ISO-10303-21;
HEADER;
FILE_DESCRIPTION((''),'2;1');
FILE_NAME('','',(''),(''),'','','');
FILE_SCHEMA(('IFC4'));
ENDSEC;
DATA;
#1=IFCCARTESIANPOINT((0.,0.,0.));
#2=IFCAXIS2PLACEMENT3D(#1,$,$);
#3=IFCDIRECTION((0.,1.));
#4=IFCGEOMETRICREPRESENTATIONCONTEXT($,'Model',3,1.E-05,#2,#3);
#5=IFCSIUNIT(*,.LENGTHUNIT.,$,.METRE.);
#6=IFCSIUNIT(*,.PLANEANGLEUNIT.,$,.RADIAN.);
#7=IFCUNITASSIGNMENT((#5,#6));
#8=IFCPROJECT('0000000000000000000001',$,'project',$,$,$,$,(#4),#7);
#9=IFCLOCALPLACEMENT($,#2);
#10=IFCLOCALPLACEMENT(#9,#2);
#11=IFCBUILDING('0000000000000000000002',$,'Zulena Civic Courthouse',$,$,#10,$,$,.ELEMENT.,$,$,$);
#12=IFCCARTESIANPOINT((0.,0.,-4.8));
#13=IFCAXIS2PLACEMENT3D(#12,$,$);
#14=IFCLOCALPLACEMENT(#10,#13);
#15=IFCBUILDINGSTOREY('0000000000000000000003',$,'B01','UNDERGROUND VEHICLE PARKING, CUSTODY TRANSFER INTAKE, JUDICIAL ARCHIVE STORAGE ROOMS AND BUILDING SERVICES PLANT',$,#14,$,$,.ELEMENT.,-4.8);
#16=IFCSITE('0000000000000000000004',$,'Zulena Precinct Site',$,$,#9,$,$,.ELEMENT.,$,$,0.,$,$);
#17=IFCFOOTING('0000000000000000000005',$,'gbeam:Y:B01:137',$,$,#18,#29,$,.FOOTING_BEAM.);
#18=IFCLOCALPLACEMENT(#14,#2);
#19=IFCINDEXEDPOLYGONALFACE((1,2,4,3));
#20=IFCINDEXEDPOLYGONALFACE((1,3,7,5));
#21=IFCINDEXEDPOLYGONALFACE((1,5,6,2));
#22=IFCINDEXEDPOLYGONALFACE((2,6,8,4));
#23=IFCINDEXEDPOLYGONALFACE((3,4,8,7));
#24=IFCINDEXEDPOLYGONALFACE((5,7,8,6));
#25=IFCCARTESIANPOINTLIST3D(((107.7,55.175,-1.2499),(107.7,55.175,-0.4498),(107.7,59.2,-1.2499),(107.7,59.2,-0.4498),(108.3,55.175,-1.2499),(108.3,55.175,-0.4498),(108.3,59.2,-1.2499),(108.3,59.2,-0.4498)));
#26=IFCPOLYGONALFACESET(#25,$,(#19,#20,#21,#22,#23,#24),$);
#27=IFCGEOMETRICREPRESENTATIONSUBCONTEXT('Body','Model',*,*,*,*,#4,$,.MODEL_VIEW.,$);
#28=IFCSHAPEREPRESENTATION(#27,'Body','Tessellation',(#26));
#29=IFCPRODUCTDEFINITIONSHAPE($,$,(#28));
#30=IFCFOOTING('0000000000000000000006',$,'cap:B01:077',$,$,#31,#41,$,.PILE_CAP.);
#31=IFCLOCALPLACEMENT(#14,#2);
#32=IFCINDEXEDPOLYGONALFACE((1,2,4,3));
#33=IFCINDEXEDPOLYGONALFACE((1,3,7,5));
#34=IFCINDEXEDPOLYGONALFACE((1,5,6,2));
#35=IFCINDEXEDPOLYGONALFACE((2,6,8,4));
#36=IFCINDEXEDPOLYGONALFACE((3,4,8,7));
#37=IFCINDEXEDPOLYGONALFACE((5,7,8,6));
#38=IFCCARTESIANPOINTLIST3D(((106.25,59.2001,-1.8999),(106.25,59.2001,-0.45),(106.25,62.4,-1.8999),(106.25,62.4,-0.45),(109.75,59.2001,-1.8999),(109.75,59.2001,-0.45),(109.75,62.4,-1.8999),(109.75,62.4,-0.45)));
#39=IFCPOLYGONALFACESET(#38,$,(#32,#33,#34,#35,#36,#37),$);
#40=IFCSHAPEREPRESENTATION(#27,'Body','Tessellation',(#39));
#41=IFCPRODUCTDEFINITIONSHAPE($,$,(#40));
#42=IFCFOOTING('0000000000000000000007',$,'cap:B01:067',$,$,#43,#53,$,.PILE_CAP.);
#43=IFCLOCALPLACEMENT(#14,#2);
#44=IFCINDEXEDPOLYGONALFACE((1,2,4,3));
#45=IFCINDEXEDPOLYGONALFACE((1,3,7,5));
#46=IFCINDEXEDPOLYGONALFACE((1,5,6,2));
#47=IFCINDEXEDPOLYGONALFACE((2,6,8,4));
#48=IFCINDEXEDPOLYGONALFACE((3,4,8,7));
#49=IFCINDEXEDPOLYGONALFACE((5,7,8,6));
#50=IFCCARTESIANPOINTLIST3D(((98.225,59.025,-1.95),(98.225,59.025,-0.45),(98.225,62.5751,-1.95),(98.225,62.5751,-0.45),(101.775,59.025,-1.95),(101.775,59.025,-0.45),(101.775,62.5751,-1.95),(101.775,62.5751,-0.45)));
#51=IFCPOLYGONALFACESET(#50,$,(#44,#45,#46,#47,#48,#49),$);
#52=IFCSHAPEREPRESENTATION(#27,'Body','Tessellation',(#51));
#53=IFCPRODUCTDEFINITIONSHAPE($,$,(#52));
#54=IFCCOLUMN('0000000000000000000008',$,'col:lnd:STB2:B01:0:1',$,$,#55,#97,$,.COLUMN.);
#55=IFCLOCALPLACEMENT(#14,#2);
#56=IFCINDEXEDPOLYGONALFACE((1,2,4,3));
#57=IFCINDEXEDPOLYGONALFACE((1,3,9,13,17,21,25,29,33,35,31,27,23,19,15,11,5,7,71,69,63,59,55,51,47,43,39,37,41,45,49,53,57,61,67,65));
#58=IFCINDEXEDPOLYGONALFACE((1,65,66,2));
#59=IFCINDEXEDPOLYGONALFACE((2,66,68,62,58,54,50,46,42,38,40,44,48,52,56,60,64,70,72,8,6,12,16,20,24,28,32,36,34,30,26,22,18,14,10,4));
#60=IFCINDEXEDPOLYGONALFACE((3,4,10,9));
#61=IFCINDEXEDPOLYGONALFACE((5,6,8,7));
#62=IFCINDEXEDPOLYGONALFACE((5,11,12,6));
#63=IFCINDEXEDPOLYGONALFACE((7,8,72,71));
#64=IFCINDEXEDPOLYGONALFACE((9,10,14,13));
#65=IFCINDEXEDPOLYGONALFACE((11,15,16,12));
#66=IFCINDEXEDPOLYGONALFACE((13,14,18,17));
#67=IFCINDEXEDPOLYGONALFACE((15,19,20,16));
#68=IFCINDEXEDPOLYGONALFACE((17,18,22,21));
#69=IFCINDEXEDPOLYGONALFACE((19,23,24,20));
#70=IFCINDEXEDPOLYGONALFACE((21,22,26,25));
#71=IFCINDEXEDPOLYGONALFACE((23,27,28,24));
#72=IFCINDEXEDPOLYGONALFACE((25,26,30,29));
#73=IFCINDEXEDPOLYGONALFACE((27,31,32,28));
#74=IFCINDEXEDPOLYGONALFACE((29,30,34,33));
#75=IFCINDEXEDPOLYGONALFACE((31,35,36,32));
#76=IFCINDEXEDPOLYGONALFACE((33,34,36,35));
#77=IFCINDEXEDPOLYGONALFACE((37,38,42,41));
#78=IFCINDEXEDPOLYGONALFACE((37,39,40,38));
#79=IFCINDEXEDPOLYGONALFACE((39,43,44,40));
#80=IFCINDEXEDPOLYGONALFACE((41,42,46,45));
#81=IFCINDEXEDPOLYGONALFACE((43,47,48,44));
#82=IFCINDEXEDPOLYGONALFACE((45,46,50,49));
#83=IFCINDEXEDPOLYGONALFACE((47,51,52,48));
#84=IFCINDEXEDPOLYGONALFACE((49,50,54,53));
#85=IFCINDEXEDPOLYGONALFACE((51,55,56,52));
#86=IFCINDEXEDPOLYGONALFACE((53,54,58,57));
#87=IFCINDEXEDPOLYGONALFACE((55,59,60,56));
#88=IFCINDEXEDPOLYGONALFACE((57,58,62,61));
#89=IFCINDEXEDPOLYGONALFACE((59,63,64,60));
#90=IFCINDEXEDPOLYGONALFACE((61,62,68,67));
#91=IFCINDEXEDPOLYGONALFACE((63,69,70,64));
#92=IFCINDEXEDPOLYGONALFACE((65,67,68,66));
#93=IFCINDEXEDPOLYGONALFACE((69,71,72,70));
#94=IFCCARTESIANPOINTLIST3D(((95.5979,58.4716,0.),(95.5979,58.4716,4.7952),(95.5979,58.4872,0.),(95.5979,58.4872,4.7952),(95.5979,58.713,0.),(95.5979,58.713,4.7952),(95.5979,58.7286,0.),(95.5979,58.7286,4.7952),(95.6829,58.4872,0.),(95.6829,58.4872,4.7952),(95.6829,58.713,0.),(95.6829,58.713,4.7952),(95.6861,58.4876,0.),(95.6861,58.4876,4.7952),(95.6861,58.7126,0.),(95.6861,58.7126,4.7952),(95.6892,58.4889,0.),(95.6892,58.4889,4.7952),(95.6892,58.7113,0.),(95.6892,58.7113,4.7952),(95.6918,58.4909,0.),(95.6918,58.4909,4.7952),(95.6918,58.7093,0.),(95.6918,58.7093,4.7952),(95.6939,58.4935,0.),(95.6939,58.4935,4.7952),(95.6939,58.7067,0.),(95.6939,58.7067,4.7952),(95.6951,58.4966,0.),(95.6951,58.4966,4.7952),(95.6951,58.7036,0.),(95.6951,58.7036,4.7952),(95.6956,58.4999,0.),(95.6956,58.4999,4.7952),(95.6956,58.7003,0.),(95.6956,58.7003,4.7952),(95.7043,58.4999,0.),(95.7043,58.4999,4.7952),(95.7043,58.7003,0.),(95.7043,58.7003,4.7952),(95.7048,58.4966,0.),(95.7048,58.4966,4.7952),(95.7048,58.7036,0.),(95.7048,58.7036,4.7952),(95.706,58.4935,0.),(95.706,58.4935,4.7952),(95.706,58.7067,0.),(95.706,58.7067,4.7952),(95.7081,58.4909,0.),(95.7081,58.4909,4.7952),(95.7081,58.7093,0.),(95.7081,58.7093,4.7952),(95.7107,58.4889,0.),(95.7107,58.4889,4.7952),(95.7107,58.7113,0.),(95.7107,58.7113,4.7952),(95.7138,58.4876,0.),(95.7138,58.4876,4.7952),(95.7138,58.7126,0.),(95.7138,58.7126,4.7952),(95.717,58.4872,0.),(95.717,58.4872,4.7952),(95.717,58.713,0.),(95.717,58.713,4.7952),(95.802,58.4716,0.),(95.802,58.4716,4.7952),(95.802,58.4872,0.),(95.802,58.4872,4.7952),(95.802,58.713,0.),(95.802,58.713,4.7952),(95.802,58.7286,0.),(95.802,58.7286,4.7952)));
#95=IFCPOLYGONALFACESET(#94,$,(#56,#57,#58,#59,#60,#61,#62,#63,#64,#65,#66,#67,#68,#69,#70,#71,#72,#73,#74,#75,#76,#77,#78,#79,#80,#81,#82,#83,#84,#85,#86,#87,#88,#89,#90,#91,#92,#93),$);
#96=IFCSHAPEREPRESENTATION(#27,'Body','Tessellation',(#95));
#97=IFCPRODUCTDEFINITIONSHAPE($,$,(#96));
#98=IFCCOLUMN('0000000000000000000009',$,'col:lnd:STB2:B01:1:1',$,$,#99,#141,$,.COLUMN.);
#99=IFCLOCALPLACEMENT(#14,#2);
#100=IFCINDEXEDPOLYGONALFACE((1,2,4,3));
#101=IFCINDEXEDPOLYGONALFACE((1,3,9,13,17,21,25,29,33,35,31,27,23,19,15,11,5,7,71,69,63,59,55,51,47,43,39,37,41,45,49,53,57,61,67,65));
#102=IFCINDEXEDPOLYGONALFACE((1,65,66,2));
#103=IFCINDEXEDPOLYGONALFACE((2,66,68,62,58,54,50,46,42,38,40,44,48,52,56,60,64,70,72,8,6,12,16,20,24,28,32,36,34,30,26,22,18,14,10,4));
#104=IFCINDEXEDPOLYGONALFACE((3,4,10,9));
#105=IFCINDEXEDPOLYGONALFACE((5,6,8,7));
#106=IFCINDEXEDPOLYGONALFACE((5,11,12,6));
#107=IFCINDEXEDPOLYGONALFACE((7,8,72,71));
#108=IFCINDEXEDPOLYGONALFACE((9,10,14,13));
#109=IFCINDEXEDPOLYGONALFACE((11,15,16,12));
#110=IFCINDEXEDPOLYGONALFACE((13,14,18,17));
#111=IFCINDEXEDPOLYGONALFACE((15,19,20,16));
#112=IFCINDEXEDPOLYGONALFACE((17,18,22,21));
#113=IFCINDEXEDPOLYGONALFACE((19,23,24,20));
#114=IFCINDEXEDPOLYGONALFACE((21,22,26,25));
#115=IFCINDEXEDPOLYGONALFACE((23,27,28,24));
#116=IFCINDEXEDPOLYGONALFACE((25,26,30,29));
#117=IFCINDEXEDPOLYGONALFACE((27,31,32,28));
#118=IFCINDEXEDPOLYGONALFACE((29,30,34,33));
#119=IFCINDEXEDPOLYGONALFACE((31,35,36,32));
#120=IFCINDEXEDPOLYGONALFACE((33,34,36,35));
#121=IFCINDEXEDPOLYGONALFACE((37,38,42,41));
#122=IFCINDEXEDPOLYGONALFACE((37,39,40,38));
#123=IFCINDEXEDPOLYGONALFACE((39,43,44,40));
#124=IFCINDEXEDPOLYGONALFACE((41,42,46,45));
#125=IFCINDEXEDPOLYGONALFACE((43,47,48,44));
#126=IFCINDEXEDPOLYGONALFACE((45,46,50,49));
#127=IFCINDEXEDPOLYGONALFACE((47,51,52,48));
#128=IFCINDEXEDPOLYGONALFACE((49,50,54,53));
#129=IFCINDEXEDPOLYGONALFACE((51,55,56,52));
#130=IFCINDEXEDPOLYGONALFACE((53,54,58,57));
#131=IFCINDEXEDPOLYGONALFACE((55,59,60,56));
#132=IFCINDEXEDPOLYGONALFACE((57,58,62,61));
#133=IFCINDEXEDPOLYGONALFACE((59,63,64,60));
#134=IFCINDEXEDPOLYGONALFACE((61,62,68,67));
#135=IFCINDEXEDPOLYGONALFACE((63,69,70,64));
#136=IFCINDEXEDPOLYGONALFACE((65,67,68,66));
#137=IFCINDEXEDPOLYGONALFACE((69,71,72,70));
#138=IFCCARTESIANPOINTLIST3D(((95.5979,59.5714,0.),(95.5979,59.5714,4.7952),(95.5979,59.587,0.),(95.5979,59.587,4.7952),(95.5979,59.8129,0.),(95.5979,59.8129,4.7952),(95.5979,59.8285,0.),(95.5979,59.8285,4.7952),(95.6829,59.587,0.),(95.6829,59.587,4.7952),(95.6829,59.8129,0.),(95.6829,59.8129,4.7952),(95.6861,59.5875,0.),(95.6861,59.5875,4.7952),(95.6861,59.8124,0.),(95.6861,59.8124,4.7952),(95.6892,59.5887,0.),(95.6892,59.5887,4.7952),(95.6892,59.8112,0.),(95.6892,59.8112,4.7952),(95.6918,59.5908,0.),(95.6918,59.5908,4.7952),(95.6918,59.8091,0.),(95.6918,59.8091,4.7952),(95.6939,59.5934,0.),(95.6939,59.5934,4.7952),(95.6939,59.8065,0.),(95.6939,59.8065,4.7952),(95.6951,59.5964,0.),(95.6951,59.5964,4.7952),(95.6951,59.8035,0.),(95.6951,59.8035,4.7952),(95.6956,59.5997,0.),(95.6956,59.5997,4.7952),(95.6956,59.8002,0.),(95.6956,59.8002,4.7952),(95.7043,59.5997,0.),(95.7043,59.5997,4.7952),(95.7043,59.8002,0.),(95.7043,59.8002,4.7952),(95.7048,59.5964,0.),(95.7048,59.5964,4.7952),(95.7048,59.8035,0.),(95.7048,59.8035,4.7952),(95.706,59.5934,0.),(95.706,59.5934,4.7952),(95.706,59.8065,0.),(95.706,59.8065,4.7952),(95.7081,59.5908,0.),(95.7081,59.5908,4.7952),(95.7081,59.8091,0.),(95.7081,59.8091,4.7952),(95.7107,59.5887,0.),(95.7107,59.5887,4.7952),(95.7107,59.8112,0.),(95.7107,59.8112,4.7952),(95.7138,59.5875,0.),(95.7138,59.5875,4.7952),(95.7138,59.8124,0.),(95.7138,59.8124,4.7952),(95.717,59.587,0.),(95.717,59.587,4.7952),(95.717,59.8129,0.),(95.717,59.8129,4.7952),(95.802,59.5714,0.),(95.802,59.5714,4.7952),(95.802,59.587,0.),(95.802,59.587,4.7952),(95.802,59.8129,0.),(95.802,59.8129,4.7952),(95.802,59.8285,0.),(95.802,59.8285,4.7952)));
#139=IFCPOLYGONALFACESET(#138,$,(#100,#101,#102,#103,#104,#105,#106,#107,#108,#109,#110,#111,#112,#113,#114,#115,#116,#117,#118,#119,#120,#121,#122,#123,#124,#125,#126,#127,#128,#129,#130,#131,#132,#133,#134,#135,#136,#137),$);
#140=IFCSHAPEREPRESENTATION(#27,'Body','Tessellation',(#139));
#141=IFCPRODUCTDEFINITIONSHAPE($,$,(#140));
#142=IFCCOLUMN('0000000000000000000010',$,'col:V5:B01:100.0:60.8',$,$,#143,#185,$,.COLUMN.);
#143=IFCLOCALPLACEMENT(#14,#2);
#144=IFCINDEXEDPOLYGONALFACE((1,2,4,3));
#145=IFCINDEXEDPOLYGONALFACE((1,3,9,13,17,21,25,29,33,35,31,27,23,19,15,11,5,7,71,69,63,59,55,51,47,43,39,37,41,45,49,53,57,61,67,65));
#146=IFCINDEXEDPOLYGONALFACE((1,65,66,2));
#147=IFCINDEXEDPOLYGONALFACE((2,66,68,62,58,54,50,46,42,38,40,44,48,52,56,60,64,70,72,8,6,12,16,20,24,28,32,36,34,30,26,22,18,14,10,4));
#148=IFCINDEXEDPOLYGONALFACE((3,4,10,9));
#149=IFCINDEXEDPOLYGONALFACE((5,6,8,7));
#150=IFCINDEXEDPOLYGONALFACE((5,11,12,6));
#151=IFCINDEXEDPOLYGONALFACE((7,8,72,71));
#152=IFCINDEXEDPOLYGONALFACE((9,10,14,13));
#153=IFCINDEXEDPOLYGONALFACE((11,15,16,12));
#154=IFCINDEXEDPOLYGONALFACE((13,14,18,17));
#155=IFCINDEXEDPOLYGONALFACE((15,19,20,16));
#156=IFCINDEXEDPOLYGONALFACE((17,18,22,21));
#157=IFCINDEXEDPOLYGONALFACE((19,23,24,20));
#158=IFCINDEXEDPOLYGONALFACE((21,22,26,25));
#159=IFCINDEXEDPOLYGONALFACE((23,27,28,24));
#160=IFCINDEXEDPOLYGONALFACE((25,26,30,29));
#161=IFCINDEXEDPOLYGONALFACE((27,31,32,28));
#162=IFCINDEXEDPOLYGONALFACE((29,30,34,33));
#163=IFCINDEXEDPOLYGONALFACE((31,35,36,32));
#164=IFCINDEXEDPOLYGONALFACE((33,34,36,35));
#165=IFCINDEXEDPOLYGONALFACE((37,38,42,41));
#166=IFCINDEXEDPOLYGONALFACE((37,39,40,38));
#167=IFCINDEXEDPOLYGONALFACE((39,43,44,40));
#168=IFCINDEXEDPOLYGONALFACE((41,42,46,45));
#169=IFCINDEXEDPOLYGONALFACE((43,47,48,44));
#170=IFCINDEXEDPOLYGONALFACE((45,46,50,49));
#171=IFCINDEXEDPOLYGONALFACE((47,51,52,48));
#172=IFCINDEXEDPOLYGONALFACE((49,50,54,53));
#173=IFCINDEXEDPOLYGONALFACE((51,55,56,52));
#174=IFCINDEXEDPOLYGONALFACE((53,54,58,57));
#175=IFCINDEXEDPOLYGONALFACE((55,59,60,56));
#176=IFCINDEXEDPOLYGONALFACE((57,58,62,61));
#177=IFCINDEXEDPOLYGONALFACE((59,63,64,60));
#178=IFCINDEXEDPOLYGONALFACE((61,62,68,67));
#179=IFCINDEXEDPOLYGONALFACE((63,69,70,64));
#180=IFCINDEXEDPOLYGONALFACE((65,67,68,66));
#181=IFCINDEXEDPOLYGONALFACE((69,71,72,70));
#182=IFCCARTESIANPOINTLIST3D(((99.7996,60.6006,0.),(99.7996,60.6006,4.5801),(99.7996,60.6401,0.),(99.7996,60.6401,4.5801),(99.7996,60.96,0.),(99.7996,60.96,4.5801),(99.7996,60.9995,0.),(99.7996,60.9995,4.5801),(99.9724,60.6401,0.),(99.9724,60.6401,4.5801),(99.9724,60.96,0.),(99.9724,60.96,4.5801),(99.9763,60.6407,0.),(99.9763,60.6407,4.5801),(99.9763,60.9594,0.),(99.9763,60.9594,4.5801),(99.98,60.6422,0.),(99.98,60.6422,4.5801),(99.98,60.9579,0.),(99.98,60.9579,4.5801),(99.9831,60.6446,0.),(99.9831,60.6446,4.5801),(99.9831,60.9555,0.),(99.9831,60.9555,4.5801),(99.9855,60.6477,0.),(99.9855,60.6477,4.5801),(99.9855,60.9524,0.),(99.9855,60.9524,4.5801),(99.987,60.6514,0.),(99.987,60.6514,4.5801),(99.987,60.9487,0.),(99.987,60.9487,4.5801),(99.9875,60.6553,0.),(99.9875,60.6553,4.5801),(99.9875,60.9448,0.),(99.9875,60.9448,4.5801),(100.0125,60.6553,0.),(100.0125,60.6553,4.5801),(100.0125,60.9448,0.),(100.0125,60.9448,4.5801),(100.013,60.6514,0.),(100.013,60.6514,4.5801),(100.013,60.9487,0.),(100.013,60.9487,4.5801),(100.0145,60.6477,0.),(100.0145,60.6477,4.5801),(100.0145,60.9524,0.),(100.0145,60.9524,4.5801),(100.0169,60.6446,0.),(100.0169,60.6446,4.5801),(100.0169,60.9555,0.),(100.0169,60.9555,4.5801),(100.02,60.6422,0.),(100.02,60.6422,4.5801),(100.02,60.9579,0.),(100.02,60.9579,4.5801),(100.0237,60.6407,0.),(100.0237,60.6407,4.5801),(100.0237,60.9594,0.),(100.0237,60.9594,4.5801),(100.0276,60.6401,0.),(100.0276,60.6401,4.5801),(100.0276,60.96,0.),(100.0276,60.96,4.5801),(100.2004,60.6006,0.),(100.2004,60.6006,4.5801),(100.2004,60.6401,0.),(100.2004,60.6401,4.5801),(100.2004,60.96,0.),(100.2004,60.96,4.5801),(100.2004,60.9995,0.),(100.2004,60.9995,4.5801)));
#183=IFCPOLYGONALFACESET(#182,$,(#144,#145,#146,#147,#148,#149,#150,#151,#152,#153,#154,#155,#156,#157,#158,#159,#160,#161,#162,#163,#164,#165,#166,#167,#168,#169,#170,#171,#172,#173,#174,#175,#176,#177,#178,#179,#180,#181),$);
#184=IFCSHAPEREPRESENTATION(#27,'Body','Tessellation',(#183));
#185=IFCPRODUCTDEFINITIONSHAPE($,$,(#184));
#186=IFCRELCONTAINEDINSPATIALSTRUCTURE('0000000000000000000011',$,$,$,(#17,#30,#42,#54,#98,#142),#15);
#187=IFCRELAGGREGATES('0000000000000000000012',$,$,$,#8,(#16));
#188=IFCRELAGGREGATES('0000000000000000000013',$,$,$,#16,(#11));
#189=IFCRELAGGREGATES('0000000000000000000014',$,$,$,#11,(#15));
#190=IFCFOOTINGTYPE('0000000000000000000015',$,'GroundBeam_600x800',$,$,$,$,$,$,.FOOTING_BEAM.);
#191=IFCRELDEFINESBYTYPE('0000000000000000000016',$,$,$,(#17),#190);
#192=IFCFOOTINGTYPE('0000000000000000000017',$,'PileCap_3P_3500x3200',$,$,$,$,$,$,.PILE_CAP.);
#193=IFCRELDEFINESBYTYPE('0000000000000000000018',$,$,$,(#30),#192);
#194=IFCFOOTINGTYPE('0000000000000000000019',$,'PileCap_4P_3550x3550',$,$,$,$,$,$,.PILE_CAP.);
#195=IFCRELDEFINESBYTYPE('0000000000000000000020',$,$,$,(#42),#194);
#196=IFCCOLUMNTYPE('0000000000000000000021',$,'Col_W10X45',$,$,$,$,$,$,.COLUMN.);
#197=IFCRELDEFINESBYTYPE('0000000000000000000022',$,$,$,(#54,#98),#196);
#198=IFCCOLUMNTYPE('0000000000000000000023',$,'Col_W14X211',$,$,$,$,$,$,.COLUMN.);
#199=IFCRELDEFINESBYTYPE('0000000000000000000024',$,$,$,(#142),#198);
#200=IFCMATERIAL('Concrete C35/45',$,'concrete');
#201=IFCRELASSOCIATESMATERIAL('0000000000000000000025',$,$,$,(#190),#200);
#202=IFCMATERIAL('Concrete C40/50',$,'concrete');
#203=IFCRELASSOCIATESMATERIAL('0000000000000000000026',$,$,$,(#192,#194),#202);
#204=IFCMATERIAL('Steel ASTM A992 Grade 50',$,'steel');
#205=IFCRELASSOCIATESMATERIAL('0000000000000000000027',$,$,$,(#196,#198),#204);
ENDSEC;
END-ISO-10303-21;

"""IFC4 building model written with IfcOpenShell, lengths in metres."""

from ifc_helpers import new_model, si_unit, direction, frame, origin, origin_2d, place, context, subcontext, project, spatial, rectangle, i_section, extrude, material, material_profile, profile_set, type_object, element, save


model = new_model("IFC4")

# Units and contexts
model_context = context("Model", 3, precision=1e-05, world=origin(), true_north=direction((0.0, 1.0)))
body_context = subcontext(model_context, "Body", "Model", "MODEL_VIEW")
ifc_project = project(units=[si_unit("LENGTHUNIT", "METRE"), si_unit("PLANEANGLEUNIT", "RADIAN")], contexts=[model_context])

# Site, building, storey
site_placement = place(None, origin())
site = spatial("IfcSite", under=ifc_project, at=site_placement, Name="Zulena Precinct Site", CompositionType="ELEMENT", RefElevation=0.0)
building_placement = place(site_placement, origin())
building = spatial("IfcBuilding", under=site, at=building_placement, Name="Zulena Civic Courthouse", CompositionType="ELEMENT")
storey_placement = place(building_placement, frame((0.0, 0.0, -4.8)))
storey = spatial("IfcBuildingStorey", under=building, at=storey_placement, Name="B01", Description="UNDERGROUND VEHICLE PARKING, CUSTODY TRANSFER INTAKE, JUDICIAL ARCHIVE STORAGE ROOMS AND BUILDING SERVICES PLANT", CompositionType="ELEMENT", Elevation=-4.8)

# Shared definitions
ifc_material_1 = material(Name="Concrete C40/50", Category="concrete")

# Footings
ifc_material_2 = material(Name="Concrete C35/45", Category="concrete")
ifc_material_profile_1 = material_profile(ifc_material_2, rectangle(XDim=0.6001, YDim=0.8, at=origin_2d()), Name="RC600X800")
ifc_profile_set_1 = profile_set([ifc_material_profile_1], Name="Concrete C35/45")
footing_type_1 = type_object("IfcFootingType", Name="GroundBeam_600x800", PredefinedType="FOOTING_BEAM", material=ifc_profile_set_1)
footing_1_placement = place(storey_placement, frame((108.0, 55.175, -0.8499), z_axis=(0.0, 1.0, 0.0), x_axis=(-1.0, 0.0, 0.0)))
element("IfcFooting", 1, at=footing_1_placement, inside=storey, type_object=footing_type_1, Name="gbeam:Y:B01:137", PredefinedType="FOOTING_BEAM", context=body_context, shape_type="SweptSolid", body=[
    extrude(rectangle(XDim=0.6001, YDim=0.8, at=origin_2d()), origin(), (0.0, 0.0, 1.0), 4.0249),
])
footing_type_2 = type_object("IfcFootingType", Name="PileCap_3P_3500x3200", PredefinedType="PILE_CAP", material=ifc_material_1)
footing_2_placement = place(storey_placement, frame((108.0, 60.8, -1.8999), z_axis=(0.0, 0.0, 1.0), x_axis=(1.0, 0.0, 0.0)))
element("IfcFooting", 2, at=footing_2_placement, inside=storey, type_object=footing_type_2, Name="cap:B01:077", PredefinedType="PILE_CAP", context=body_context, shape_type="SweptSolid", body=[
    extrude(rectangle(XDim=3.5, YDim=3.2, at=origin_2d()), origin(), (0.0, 0.0, 1.0), 1.45),
])
footing_type_3 = type_object("IfcFootingType", Name="PileCap_4P_3550x3550", PredefinedType="PILE_CAP", material=ifc_material_1)
footing_3_placement = place(storey_placement, frame((100.0, 60.8, -1.95), z_axis=(0.0, 0.0, 1.0), x_axis=(1.0, 0.0, 0.0)))
element("IfcFooting", 3, at=footing_3_placement, inside=storey, type_object=footing_type_3, Name="cap:B01:067", PredefinedType="PILE_CAP", context=body_context, shape_type="SweptSolid", body=[
    extrude(rectangle(XDim=3.55, YDim=3.55, at=origin_2d()), origin(), (0.0, 0.0, 1.0), 1.5),
])

# Columns
ifc_material_3 = material(Name="Steel ASTM A992 Grade 50", Category="steel")
ifc_material_profile_2 = material_profile(ifc_material_3, i_section(OverallWidth=0.2041, OverallDepth=0.2571, WebThickness=0.0088, FlangeThickness=0.0156, FilletRadius=0.0127, at=origin_2d()), Name="W10X45")
ifc_profile_set_2 = profile_set([ifc_material_profile_2], Name="Steel ASTM A992 Grade 50")
column_type_1 = type_object("IfcColumnType", Name="Col_W10X45", PredefinedType="COLUMN", material=ifc_profile_set_2)
for number, where, z_axis, x_axis, name in (
    (4, (95.7, 58.6001, 0.0), (0.0, 0.0, 1.0), (1.0, 0.0, 0.0), "col:lnd:STB2:B01:0:1"),
    (5, (95.7, 59.7, 0.0), (0.0, 0.0, 1.0), (1.0, 0.0, 0.0), "col:lnd:STB2:B01:1:1"),
):
    element("IfcColumn", number, at=place(storey_placement, frame(where, z_axis=z_axis, x_axis=x_axis)), inside=storey, type_object=column_type_1, Name=name, PredefinedType="COLUMN", context=body_context, shape_type="SweptSolid", body=[
        extrude(i_section(OverallWidth=0.2041, OverallDepth=0.2571, WebThickness=0.0088, FlangeThickness=0.0156, FilletRadius=0.0127, at=origin_2d()), origin(), (0.0, 0.0, 1.0), 4.7952),
    ])
ifc_material_profile_3 = material_profile(ifc_material_3, i_section(OverallWidth=0.4009, OverallDepth=0.3989, WebThickness=0.0249, FlangeThickness=0.0396, FilletRadius=0.0151, at=origin_2d()), Name="W14X211")
ifc_profile_set_3 = profile_set([ifc_material_profile_3], Name="Steel ASTM A992 Grade 50")
column_type_2 = type_object("IfcColumnType", Name="Col_W14X211", PredefinedType="COLUMN", material=ifc_profile_set_3)
column_1_placement = place(storey_placement, frame((100.0, 60.8, 0.0), z_axis=(0.0, 0.0, 1.0), x_axis=(1.0, 0.0, 0.0)))
element("IfcColumn", 6, at=column_1_placement, inside=storey, type_object=column_type_2, Name="col:V5:B01:100.0:60.8", PredefinedType="COLUMN", context=body_context, shape_type="SweptSolid", body=[
    extrude(i_section(OverallWidth=0.4009, OverallDepth=0.3989, WebThickness=0.0249, FlangeThickness=0.0396, FilletRadius=0.0151, at=origin_2d()), origin(), (0.0, 0.0, 1.0), 4.5801),
])

save(model, "model.ifc")
